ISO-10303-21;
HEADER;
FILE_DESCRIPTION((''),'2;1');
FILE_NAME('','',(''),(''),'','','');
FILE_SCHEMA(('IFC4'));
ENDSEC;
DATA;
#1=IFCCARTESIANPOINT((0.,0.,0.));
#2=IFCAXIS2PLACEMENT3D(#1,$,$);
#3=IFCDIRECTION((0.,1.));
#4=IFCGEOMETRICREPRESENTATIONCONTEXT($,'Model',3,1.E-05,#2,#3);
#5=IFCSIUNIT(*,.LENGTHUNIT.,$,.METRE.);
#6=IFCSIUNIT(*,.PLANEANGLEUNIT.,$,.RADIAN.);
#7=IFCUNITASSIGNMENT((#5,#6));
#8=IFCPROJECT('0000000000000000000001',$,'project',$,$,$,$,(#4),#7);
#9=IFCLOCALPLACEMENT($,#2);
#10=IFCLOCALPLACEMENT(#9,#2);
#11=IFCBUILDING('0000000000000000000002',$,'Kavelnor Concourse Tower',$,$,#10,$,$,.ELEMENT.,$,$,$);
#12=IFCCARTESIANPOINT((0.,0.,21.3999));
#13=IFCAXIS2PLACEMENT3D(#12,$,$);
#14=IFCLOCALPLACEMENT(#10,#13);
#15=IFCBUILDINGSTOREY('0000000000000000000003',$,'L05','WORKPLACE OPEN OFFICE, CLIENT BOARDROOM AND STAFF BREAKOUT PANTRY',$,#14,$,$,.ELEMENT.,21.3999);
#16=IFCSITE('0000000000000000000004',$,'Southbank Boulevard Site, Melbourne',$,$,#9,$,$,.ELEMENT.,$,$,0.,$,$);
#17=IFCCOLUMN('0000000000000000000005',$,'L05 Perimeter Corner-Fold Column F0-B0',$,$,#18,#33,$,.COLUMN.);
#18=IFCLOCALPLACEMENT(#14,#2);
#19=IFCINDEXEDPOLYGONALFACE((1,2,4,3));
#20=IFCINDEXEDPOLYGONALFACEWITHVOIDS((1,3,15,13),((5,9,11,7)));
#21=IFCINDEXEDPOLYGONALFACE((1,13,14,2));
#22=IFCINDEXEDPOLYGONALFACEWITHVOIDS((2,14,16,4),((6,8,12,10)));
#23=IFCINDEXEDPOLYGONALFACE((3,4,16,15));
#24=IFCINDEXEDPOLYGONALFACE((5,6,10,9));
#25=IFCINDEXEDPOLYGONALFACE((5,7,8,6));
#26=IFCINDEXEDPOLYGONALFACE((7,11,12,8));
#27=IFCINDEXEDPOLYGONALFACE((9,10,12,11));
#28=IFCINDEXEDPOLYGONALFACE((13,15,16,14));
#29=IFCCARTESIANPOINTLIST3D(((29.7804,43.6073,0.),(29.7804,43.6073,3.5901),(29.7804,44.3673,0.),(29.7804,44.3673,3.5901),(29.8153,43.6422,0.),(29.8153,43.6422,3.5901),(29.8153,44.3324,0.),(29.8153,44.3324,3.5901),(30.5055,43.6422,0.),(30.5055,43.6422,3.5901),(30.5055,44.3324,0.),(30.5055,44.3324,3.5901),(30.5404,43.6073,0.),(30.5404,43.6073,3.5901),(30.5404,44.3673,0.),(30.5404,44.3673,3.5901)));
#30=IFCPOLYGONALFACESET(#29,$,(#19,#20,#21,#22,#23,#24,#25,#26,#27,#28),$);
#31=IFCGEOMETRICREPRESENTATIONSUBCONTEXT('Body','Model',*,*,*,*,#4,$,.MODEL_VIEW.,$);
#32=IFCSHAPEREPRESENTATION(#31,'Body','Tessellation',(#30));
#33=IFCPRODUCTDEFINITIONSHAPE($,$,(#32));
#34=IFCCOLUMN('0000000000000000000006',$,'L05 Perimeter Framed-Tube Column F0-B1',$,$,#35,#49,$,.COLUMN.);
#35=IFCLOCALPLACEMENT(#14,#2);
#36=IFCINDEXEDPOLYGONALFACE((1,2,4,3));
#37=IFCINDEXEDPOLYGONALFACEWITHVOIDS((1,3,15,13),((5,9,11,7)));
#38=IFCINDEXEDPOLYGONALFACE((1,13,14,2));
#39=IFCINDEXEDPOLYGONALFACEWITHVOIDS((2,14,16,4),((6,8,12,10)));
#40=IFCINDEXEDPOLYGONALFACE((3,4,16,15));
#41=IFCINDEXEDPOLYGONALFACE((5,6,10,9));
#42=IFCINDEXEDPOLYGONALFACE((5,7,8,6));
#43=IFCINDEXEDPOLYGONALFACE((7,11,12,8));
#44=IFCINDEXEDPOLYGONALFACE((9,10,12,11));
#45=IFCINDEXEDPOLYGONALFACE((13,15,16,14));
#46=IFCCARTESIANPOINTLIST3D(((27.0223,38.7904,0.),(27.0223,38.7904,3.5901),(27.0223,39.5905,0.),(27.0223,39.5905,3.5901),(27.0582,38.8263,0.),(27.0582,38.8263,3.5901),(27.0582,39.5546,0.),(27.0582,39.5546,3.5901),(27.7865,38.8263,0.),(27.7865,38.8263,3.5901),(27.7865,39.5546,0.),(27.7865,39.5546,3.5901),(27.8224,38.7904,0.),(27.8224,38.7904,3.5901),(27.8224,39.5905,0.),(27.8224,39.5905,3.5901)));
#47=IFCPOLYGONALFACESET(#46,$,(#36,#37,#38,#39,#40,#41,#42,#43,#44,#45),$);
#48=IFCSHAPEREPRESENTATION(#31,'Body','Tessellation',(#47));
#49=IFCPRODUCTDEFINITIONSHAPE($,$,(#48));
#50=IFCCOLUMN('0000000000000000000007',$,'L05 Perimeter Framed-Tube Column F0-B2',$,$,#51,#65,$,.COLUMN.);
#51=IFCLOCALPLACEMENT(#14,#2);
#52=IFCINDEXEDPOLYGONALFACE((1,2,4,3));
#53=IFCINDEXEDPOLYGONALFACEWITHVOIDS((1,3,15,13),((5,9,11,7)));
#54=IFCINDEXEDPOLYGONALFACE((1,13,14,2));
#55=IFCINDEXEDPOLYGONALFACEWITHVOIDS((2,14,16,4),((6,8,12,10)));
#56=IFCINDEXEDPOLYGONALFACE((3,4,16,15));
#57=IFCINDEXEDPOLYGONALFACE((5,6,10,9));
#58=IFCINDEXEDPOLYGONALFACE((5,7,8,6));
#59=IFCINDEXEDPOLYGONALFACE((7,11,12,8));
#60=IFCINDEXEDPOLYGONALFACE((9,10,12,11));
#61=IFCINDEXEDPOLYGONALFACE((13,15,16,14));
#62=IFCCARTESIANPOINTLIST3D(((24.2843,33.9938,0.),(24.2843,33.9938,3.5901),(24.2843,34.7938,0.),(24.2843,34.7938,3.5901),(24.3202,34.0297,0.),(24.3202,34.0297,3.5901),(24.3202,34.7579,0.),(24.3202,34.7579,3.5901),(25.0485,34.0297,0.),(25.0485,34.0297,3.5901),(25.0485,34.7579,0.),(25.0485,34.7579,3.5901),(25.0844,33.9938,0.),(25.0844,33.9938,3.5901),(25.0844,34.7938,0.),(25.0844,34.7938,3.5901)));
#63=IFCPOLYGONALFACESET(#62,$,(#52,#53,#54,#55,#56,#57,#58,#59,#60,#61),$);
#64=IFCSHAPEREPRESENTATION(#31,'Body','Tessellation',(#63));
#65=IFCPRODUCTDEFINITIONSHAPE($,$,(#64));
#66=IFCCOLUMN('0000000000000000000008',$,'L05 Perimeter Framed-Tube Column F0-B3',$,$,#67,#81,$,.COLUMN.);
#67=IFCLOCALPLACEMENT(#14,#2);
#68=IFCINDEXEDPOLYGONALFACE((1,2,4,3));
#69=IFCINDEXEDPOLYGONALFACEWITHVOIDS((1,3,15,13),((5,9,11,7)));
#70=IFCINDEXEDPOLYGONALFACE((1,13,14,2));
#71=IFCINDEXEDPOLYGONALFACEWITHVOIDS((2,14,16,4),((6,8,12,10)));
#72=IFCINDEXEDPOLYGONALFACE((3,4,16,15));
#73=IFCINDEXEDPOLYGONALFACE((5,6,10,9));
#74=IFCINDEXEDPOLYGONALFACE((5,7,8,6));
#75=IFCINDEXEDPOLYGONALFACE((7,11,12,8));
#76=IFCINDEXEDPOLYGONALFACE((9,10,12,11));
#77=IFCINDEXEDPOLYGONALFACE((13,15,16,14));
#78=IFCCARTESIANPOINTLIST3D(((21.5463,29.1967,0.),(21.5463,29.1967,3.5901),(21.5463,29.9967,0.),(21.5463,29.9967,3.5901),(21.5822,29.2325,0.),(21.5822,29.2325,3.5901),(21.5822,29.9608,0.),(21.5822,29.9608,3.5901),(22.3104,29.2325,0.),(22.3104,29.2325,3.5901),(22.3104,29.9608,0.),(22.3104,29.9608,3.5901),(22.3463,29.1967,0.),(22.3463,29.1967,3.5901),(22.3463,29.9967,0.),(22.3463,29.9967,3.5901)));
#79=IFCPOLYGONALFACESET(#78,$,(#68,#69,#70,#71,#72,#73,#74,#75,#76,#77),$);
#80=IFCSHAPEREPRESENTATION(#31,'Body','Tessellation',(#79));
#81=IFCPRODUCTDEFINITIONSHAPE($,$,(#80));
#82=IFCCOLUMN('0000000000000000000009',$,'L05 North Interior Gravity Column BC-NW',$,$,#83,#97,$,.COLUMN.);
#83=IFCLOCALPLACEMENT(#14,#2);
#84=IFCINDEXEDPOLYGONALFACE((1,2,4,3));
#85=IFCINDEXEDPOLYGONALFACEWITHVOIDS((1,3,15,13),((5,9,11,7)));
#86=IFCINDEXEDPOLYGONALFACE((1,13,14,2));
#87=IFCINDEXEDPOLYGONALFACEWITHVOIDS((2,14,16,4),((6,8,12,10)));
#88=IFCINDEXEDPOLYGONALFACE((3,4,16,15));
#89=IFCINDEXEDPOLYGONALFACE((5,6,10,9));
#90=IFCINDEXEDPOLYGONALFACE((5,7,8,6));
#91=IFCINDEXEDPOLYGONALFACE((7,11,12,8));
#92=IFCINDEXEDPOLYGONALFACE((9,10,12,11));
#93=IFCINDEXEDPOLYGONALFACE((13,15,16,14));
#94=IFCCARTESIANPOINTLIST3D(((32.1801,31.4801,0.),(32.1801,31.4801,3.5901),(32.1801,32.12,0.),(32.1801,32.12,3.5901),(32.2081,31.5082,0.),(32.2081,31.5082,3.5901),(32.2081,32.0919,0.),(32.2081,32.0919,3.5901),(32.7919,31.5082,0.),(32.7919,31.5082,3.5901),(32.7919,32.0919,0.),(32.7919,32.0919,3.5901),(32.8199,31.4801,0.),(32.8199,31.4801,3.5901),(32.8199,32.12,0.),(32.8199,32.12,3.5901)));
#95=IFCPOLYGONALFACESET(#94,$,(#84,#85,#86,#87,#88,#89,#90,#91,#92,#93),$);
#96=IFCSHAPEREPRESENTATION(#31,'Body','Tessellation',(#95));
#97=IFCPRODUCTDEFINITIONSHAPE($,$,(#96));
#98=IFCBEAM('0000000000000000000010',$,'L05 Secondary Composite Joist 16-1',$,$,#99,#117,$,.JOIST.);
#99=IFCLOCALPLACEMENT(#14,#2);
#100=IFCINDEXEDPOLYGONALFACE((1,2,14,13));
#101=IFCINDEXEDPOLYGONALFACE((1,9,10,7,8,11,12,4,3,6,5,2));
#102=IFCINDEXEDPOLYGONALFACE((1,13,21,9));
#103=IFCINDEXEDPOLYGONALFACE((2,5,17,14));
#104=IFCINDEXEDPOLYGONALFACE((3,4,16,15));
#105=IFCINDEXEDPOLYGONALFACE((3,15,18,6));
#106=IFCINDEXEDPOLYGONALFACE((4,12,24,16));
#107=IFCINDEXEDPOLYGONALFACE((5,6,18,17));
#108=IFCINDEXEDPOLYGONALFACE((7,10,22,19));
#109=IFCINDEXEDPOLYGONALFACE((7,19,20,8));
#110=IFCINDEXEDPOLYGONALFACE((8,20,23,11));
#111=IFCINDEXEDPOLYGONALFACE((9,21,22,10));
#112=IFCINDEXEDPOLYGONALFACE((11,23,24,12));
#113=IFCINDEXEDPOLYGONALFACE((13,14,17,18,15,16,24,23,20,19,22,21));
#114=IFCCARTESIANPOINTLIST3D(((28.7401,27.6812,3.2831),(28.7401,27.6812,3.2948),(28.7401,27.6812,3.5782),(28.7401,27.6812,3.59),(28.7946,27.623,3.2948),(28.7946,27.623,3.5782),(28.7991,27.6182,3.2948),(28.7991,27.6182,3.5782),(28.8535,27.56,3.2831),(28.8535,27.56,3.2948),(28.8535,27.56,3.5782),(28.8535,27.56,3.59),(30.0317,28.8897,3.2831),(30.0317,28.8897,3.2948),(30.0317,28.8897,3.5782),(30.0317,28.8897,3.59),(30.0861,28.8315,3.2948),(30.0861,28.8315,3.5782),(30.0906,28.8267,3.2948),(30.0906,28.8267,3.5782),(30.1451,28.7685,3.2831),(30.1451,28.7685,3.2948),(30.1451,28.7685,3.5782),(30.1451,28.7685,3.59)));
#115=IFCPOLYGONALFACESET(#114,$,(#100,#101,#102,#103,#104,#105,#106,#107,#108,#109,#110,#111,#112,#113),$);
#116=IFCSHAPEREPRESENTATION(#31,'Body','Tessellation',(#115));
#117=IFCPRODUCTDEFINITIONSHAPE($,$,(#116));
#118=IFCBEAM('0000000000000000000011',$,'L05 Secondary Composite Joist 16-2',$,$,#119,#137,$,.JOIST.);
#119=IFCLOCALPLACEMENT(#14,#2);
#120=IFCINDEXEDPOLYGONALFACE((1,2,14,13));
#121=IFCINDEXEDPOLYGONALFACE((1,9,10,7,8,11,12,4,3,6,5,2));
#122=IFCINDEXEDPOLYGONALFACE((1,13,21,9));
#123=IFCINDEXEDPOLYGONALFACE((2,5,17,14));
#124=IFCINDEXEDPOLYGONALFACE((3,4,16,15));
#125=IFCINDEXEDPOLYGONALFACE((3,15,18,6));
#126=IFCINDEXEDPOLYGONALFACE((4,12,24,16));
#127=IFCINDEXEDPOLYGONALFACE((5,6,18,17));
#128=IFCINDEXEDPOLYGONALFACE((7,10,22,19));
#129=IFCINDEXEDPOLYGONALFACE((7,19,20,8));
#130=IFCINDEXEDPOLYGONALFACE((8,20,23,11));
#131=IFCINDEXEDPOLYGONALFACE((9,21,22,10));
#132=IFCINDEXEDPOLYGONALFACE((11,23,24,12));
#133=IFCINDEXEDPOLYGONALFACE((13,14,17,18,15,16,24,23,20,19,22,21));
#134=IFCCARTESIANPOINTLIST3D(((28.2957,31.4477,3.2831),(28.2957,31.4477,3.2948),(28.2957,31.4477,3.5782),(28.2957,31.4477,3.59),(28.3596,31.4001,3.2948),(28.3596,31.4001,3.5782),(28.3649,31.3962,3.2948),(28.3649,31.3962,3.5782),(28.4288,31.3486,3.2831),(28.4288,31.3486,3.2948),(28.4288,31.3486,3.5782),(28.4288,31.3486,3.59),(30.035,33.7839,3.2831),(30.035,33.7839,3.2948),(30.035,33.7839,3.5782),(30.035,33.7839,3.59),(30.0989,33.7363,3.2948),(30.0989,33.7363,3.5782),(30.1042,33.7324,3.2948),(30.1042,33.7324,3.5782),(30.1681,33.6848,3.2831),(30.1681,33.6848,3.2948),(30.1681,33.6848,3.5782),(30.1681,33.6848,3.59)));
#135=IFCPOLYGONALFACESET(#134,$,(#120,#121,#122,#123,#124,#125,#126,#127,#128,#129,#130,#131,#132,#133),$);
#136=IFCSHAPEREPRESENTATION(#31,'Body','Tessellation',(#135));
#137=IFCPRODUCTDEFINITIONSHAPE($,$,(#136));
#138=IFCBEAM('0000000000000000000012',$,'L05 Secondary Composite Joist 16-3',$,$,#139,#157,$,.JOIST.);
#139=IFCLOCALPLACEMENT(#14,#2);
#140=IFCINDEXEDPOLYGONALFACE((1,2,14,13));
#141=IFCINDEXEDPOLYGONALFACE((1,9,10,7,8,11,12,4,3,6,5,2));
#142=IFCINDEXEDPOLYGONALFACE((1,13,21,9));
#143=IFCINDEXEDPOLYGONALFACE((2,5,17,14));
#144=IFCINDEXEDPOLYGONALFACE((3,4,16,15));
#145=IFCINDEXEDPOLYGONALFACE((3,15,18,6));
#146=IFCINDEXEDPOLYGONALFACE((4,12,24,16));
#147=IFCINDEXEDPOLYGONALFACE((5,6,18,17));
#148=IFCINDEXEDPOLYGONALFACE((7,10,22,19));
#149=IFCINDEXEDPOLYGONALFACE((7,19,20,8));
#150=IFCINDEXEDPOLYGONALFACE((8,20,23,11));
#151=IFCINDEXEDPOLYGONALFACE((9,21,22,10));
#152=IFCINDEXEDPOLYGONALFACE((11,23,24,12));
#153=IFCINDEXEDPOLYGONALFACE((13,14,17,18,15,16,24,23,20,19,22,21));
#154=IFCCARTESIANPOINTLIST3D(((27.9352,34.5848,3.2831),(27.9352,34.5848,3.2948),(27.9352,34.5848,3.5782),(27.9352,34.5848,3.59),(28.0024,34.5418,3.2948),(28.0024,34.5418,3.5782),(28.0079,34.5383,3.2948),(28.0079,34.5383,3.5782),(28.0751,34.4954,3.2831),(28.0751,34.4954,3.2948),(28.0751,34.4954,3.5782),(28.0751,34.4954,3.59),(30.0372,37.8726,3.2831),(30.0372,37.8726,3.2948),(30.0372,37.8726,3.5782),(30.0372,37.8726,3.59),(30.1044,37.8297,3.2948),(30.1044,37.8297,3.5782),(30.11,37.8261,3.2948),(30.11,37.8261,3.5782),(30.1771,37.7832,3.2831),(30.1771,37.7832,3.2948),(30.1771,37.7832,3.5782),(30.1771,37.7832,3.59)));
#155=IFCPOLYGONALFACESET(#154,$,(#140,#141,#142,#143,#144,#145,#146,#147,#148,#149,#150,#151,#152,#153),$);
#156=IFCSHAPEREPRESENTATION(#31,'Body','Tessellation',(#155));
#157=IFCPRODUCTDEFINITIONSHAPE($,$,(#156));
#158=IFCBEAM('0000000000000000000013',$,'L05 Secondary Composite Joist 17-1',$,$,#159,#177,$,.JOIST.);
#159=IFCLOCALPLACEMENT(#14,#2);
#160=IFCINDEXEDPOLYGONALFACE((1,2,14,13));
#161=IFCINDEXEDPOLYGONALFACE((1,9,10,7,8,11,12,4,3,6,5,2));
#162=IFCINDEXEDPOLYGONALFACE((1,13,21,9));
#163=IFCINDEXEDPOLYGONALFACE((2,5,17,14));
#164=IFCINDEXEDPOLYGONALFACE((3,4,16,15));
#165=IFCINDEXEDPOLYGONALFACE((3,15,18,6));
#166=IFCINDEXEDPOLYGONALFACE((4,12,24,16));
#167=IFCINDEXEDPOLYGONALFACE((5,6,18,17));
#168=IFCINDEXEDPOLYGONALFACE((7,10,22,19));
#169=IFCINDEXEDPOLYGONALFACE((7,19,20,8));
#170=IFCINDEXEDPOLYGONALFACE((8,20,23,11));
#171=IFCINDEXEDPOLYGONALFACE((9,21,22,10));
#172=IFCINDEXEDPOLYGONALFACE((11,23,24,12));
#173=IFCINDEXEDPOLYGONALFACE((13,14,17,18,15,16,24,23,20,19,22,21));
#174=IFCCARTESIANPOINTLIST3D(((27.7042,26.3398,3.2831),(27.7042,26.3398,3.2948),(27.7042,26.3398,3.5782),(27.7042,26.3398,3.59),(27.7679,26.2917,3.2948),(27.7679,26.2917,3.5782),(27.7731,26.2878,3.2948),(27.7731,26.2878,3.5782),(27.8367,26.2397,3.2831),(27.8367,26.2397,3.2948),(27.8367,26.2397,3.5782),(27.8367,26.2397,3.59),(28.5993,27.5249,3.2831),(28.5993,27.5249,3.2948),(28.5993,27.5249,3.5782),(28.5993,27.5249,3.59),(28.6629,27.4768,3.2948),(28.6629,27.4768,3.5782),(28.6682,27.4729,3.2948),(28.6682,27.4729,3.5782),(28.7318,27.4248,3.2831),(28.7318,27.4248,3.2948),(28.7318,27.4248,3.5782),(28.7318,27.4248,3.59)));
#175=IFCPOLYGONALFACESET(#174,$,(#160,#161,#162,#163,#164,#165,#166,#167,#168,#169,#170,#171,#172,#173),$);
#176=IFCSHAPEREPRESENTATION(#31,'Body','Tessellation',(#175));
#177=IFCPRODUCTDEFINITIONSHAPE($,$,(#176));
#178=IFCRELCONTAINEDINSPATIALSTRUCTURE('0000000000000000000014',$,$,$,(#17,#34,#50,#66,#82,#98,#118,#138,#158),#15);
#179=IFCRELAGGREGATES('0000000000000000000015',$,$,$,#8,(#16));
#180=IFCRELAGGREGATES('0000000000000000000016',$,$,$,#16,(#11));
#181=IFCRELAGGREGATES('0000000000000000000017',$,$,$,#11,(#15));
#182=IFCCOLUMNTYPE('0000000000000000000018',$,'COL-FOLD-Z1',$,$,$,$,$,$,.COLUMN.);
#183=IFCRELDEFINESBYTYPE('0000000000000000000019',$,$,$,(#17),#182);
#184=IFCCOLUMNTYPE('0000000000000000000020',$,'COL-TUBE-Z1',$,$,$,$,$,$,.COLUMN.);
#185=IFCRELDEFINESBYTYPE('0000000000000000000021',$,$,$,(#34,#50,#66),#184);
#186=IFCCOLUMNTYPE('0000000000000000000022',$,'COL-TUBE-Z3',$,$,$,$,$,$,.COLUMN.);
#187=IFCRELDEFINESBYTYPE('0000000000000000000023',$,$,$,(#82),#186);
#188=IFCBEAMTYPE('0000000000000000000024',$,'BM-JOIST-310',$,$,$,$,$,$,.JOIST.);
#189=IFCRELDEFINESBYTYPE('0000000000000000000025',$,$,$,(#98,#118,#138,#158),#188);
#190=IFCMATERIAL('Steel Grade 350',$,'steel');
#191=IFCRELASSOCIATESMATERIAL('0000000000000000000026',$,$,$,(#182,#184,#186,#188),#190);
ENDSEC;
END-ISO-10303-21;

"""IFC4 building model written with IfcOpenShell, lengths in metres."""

from ifc_helpers import new_model, si_unit, direction, frame, origin, origin_2d, place, context, subcontext, project, spatial, hollow_rectangle, i_section, extrude, material, material_profile, profile_set, type_object, element, save


model = new_model("IFC4")

# Units and contexts
model_context = context("Model", 3, precision=1e-05, world=origin(), true_north=direction((0.0, 1.0)))
body_context = subcontext(model_context, "Body", "Model", "MODEL_VIEW")
ifc_project = project(units=[si_unit("LENGTHUNIT", "METRE"), si_unit("PLANEANGLEUNIT", "RADIAN")], contexts=[model_context])

# Site, building, storey
site_placement = place(None, origin())
site = spatial("IfcSite", under=ifc_project, at=site_placement, Name="Southbank Boulevard Site, Melbourne", CompositionType="ELEMENT", RefElevation=0.0)
building_placement = place(site_placement, origin())
building = spatial("IfcBuilding", under=site, at=building_placement, Name="Kavelnor Concourse Tower", CompositionType="ELEMENT")
storey_placement = place(building_placement, frame((0.0, 0.0, 21.3999)))
storey = spatial("IfcBuildingStorey", under=building, at=storey_placement, Name="L05", Description="WORKPLACE OPEN OFFICE, CLIENT BOARDROOM AND STAFF BREAKOUT PANTRY", CompositionType="ELEMENT", Elevation=21.3999)

# Columns
ifc_material_1 = material(Name="Steel Grade 350", Category="steel")
ifc_material_profile_1 = material_profile(ifc_material_1, hollow_rectangle(XDim=0.76, YDim=0.76, WallThickness=0.0349, at=origin_2d()), Name="SHS 760x760x35")
ifc_profile_set_1 = profile_set([ifc_material_profile_1], Name="Steel Grade 350")
column_type_1 = type_object("IfcColumnType", Name="COL-FOLD-Z1", PredefinedType="COLUMN", material=ifc_profile_set_1)
column_1_placement = place(storey_placement, frame((30.1604, 43.9873, 0.0), z_axis=(0.0, 0.0, 1.0), x_axis=(1.0, 0.0, 0.0)))
element("IfcColumn", 1, at=column_1_placement, inside=storey, type_object=column_type_1, Name="L05 Perimeter Corner-Fold Column F0-B0", PredefinedType="COLUMN", context=body_context, shape_type="SweptSolid", body=[
    extrude(hollow_rectangle(XDim=0.76, YDim=0.76, WallThickness=0.0349, at=origin_2d()), origin(), (0.0, 0.0, 1.0), 3.5901),
])
ifc_material_profile_2 = material_profile(ifc_material_1, hollow_rectangle(XDim=0.8, YDim=0.8, WallThickness=0.0359, at=origin_2d()), Name="SHS 800x800x36")
ifc_profile_set_2 = profile_set([ifc_material_profile_2], Name="Steel Grade 350")
column_type_2 = type_object("IfcColumnType", Name="COL-TUBE-Z1", PredefinedType="COLUMN", material=ifc_profile_set_2)
for number, where, z_axis, x_axis, name in (
    (2, (27.4224, 39.1904, 0.0), (0.0, 0.0, 1.0), (1.0, 0.0, 0.0), "L05 Perimeter Framed-Tube Column F0-B1"),
    (3, (24.6843, 34.3938, 0.0), (0.0, 0.0, 1.0), (1.0, 0.0, 0.0), "L05 Perimeter Framed-Tube Column F0-B2"),
    (4, (21.9463, 29.5967, 0.0), (0.0, 0.0, 1.0), (1.0, 0.0, 0.0), "L05 Perimeter Framed-Tube Column F0-B3"),
):
    element("IfcColumn", number, at=place(storey_placement, frame(where, z_axis=z_axis, x_axis=x_axis)), inside=storey, type_object=column_type_2, Name=name, PredefinedType="COLUMN", context=body_context, shape_type="SweptSolid", body=[
        extrude(hollow_rectangle(XDim=0.8, YDim=0.8, WallThickness=0.0359, at=origin_2d()), origin(), (0.0, 0.0, 1.0), 3.5901),
    ])
ifc_material_profile_3 = material_profile(ifc_material_1, hollow_rectangle(XDim=0.6399, YDim=0.6399, WallThickness=0.0281, at=origin_2d()), Name="SHS 640x640x28")
ifc_profile_set_3 = profile_set([ifc_material_profile_3], Name="Steel Grade 350")
column_type_3 = type_object("IfcColumnType", Name="COL-TUBE-Z3", PredefinedType="COLUMN", material=ifc_profile_set_3)
column_2_placement = place(storey_placement, frame((32.5, 31.8, 0.0), z_axis=(0.0, 0.0, 1.0), x_axis=(1.0, 0.0, 0.0)))
element("IfcColumn", 5, at=column_2_placement, inside=storey, type_object=column_type_3, Name="L05 North Interior Gravity Column BC-NW", PredefinedType="COLUMN", context=body_context, shape_type="SweptSolid", body=[
    extrude(hollow_rectangle(XDim=0.6399, YDim=0.6399, WallThickness=0.0281, at=origin_2d()), origin(), (0.0, 0.0, 1.0), 3.5901),
])

# Beams
ifc_material_profile_4 = material_profile(ifc_material_1, i_section(OverallWidth=0.166, OverallDepth=0.3069, WebThickness=0.0066, FlangeThickness=0.0117, at=origin_2d()), Name="310UB46")
ifc_profile_set_4 = profile_set([ifc_material_profile_4], Name="Steel Grade 350")
beam_type_1 = type_object("IfcBeamType", Name="BM-JOIST-310", PredefinedType="JOIST", material=ifc_profile_set_4)
beam_1_placement = place(storey_placement, frame((30.0884, 28.8291, 3.4365), z_axis=(-0.730183, -0.683252, 0.0), x_axis=(0.683252, -0.730183, 0.0)))
element("IfcBeam", 6, at=beam_1_placement, inside=storey, type_object=beam_type_1, Name="L05 Secondary Composite Joist 16-1", PredefinedType="JOIST", context=body_context, shape_type="SweptSolid", body=[
    extrude(i_section(OverallWidth=0.166, OverallDepth=0.3069, WebThickness=0.0066, FlangeThickness=0.0117, at=origin_2d()), origin(), (0.0, 0.0, 1.0), 1.7688),
])
beam_2_placement = place(storey_placement, frame((30.1016, 33.7344, 3.4365), z_axis=(-0.597166, -0.802117, 0.0), x_axis=(0.802117, -0.597166, 0.0)))
element("IfcBeam", 7, at=beam_2_placement, inside=storey, type_object=beam_type_1, Name="L05 Secondary Composite Joist 16-2", PredefinedType="JOIST", context=body_context, shape_type="SweptSolid", body=[
    extrude(i_section(OverallWidth=0.166, OverallDepth=0.3069, WebThickness=0.0066, FlangeThickness=0.0117, at=origin_2d()), origin(), (0.0, 0.0, 1.0), 2.9126),
])
beam_3_placement = place(storey_placement, frame((30.1072, 37.8279, 3.4365), z_axis=(-0.53866, -0.842524, 0.0), x_axis=(0.842524, -0.53866, 0.0)))
element("IfcBeam", 8, at=beam_3_placement, inside=storey, type_object=beam_type_1, Name="L05 Secondary Composite Joist 16-3", PredefinedType="JOIST", context=body_context, shape_type="SweptSolid", body=[
    extrude(i_section(OverallWidth=0.166, OverallDepth=0.3069, WebThickness=0.0066, FlangeThickness=0.0117, at=origin_2d()), origin(), (0.0, 0.0, 1.0), 3.9023),
])
beam_4_placement = place(storey_placement, frame((28.6655, 27.4749, 3.4365), z_axis=(-0.60268, -0.797983, 0.0), x_axis=(0.797983, -0.60268, 0.0)))
element("IfcBeam", 9, at=beam_4_placement, inside=storey, type_object=beam_type_1, Name="L05 Secondary Composite Joist 17-1", PredefinedType="JOIST", context=body_context, shape_type="SweptSolid", body=[
    extrude(i_section(OverallWidth=0.166, OverallDepth=0.3069, WebThickness=0.0066, FlangeThickness=0.0117, at=origin_2d()), origin(), (0.0, 0.0, 1.0), 1.4851),
])

save(model, "model.ifc")
